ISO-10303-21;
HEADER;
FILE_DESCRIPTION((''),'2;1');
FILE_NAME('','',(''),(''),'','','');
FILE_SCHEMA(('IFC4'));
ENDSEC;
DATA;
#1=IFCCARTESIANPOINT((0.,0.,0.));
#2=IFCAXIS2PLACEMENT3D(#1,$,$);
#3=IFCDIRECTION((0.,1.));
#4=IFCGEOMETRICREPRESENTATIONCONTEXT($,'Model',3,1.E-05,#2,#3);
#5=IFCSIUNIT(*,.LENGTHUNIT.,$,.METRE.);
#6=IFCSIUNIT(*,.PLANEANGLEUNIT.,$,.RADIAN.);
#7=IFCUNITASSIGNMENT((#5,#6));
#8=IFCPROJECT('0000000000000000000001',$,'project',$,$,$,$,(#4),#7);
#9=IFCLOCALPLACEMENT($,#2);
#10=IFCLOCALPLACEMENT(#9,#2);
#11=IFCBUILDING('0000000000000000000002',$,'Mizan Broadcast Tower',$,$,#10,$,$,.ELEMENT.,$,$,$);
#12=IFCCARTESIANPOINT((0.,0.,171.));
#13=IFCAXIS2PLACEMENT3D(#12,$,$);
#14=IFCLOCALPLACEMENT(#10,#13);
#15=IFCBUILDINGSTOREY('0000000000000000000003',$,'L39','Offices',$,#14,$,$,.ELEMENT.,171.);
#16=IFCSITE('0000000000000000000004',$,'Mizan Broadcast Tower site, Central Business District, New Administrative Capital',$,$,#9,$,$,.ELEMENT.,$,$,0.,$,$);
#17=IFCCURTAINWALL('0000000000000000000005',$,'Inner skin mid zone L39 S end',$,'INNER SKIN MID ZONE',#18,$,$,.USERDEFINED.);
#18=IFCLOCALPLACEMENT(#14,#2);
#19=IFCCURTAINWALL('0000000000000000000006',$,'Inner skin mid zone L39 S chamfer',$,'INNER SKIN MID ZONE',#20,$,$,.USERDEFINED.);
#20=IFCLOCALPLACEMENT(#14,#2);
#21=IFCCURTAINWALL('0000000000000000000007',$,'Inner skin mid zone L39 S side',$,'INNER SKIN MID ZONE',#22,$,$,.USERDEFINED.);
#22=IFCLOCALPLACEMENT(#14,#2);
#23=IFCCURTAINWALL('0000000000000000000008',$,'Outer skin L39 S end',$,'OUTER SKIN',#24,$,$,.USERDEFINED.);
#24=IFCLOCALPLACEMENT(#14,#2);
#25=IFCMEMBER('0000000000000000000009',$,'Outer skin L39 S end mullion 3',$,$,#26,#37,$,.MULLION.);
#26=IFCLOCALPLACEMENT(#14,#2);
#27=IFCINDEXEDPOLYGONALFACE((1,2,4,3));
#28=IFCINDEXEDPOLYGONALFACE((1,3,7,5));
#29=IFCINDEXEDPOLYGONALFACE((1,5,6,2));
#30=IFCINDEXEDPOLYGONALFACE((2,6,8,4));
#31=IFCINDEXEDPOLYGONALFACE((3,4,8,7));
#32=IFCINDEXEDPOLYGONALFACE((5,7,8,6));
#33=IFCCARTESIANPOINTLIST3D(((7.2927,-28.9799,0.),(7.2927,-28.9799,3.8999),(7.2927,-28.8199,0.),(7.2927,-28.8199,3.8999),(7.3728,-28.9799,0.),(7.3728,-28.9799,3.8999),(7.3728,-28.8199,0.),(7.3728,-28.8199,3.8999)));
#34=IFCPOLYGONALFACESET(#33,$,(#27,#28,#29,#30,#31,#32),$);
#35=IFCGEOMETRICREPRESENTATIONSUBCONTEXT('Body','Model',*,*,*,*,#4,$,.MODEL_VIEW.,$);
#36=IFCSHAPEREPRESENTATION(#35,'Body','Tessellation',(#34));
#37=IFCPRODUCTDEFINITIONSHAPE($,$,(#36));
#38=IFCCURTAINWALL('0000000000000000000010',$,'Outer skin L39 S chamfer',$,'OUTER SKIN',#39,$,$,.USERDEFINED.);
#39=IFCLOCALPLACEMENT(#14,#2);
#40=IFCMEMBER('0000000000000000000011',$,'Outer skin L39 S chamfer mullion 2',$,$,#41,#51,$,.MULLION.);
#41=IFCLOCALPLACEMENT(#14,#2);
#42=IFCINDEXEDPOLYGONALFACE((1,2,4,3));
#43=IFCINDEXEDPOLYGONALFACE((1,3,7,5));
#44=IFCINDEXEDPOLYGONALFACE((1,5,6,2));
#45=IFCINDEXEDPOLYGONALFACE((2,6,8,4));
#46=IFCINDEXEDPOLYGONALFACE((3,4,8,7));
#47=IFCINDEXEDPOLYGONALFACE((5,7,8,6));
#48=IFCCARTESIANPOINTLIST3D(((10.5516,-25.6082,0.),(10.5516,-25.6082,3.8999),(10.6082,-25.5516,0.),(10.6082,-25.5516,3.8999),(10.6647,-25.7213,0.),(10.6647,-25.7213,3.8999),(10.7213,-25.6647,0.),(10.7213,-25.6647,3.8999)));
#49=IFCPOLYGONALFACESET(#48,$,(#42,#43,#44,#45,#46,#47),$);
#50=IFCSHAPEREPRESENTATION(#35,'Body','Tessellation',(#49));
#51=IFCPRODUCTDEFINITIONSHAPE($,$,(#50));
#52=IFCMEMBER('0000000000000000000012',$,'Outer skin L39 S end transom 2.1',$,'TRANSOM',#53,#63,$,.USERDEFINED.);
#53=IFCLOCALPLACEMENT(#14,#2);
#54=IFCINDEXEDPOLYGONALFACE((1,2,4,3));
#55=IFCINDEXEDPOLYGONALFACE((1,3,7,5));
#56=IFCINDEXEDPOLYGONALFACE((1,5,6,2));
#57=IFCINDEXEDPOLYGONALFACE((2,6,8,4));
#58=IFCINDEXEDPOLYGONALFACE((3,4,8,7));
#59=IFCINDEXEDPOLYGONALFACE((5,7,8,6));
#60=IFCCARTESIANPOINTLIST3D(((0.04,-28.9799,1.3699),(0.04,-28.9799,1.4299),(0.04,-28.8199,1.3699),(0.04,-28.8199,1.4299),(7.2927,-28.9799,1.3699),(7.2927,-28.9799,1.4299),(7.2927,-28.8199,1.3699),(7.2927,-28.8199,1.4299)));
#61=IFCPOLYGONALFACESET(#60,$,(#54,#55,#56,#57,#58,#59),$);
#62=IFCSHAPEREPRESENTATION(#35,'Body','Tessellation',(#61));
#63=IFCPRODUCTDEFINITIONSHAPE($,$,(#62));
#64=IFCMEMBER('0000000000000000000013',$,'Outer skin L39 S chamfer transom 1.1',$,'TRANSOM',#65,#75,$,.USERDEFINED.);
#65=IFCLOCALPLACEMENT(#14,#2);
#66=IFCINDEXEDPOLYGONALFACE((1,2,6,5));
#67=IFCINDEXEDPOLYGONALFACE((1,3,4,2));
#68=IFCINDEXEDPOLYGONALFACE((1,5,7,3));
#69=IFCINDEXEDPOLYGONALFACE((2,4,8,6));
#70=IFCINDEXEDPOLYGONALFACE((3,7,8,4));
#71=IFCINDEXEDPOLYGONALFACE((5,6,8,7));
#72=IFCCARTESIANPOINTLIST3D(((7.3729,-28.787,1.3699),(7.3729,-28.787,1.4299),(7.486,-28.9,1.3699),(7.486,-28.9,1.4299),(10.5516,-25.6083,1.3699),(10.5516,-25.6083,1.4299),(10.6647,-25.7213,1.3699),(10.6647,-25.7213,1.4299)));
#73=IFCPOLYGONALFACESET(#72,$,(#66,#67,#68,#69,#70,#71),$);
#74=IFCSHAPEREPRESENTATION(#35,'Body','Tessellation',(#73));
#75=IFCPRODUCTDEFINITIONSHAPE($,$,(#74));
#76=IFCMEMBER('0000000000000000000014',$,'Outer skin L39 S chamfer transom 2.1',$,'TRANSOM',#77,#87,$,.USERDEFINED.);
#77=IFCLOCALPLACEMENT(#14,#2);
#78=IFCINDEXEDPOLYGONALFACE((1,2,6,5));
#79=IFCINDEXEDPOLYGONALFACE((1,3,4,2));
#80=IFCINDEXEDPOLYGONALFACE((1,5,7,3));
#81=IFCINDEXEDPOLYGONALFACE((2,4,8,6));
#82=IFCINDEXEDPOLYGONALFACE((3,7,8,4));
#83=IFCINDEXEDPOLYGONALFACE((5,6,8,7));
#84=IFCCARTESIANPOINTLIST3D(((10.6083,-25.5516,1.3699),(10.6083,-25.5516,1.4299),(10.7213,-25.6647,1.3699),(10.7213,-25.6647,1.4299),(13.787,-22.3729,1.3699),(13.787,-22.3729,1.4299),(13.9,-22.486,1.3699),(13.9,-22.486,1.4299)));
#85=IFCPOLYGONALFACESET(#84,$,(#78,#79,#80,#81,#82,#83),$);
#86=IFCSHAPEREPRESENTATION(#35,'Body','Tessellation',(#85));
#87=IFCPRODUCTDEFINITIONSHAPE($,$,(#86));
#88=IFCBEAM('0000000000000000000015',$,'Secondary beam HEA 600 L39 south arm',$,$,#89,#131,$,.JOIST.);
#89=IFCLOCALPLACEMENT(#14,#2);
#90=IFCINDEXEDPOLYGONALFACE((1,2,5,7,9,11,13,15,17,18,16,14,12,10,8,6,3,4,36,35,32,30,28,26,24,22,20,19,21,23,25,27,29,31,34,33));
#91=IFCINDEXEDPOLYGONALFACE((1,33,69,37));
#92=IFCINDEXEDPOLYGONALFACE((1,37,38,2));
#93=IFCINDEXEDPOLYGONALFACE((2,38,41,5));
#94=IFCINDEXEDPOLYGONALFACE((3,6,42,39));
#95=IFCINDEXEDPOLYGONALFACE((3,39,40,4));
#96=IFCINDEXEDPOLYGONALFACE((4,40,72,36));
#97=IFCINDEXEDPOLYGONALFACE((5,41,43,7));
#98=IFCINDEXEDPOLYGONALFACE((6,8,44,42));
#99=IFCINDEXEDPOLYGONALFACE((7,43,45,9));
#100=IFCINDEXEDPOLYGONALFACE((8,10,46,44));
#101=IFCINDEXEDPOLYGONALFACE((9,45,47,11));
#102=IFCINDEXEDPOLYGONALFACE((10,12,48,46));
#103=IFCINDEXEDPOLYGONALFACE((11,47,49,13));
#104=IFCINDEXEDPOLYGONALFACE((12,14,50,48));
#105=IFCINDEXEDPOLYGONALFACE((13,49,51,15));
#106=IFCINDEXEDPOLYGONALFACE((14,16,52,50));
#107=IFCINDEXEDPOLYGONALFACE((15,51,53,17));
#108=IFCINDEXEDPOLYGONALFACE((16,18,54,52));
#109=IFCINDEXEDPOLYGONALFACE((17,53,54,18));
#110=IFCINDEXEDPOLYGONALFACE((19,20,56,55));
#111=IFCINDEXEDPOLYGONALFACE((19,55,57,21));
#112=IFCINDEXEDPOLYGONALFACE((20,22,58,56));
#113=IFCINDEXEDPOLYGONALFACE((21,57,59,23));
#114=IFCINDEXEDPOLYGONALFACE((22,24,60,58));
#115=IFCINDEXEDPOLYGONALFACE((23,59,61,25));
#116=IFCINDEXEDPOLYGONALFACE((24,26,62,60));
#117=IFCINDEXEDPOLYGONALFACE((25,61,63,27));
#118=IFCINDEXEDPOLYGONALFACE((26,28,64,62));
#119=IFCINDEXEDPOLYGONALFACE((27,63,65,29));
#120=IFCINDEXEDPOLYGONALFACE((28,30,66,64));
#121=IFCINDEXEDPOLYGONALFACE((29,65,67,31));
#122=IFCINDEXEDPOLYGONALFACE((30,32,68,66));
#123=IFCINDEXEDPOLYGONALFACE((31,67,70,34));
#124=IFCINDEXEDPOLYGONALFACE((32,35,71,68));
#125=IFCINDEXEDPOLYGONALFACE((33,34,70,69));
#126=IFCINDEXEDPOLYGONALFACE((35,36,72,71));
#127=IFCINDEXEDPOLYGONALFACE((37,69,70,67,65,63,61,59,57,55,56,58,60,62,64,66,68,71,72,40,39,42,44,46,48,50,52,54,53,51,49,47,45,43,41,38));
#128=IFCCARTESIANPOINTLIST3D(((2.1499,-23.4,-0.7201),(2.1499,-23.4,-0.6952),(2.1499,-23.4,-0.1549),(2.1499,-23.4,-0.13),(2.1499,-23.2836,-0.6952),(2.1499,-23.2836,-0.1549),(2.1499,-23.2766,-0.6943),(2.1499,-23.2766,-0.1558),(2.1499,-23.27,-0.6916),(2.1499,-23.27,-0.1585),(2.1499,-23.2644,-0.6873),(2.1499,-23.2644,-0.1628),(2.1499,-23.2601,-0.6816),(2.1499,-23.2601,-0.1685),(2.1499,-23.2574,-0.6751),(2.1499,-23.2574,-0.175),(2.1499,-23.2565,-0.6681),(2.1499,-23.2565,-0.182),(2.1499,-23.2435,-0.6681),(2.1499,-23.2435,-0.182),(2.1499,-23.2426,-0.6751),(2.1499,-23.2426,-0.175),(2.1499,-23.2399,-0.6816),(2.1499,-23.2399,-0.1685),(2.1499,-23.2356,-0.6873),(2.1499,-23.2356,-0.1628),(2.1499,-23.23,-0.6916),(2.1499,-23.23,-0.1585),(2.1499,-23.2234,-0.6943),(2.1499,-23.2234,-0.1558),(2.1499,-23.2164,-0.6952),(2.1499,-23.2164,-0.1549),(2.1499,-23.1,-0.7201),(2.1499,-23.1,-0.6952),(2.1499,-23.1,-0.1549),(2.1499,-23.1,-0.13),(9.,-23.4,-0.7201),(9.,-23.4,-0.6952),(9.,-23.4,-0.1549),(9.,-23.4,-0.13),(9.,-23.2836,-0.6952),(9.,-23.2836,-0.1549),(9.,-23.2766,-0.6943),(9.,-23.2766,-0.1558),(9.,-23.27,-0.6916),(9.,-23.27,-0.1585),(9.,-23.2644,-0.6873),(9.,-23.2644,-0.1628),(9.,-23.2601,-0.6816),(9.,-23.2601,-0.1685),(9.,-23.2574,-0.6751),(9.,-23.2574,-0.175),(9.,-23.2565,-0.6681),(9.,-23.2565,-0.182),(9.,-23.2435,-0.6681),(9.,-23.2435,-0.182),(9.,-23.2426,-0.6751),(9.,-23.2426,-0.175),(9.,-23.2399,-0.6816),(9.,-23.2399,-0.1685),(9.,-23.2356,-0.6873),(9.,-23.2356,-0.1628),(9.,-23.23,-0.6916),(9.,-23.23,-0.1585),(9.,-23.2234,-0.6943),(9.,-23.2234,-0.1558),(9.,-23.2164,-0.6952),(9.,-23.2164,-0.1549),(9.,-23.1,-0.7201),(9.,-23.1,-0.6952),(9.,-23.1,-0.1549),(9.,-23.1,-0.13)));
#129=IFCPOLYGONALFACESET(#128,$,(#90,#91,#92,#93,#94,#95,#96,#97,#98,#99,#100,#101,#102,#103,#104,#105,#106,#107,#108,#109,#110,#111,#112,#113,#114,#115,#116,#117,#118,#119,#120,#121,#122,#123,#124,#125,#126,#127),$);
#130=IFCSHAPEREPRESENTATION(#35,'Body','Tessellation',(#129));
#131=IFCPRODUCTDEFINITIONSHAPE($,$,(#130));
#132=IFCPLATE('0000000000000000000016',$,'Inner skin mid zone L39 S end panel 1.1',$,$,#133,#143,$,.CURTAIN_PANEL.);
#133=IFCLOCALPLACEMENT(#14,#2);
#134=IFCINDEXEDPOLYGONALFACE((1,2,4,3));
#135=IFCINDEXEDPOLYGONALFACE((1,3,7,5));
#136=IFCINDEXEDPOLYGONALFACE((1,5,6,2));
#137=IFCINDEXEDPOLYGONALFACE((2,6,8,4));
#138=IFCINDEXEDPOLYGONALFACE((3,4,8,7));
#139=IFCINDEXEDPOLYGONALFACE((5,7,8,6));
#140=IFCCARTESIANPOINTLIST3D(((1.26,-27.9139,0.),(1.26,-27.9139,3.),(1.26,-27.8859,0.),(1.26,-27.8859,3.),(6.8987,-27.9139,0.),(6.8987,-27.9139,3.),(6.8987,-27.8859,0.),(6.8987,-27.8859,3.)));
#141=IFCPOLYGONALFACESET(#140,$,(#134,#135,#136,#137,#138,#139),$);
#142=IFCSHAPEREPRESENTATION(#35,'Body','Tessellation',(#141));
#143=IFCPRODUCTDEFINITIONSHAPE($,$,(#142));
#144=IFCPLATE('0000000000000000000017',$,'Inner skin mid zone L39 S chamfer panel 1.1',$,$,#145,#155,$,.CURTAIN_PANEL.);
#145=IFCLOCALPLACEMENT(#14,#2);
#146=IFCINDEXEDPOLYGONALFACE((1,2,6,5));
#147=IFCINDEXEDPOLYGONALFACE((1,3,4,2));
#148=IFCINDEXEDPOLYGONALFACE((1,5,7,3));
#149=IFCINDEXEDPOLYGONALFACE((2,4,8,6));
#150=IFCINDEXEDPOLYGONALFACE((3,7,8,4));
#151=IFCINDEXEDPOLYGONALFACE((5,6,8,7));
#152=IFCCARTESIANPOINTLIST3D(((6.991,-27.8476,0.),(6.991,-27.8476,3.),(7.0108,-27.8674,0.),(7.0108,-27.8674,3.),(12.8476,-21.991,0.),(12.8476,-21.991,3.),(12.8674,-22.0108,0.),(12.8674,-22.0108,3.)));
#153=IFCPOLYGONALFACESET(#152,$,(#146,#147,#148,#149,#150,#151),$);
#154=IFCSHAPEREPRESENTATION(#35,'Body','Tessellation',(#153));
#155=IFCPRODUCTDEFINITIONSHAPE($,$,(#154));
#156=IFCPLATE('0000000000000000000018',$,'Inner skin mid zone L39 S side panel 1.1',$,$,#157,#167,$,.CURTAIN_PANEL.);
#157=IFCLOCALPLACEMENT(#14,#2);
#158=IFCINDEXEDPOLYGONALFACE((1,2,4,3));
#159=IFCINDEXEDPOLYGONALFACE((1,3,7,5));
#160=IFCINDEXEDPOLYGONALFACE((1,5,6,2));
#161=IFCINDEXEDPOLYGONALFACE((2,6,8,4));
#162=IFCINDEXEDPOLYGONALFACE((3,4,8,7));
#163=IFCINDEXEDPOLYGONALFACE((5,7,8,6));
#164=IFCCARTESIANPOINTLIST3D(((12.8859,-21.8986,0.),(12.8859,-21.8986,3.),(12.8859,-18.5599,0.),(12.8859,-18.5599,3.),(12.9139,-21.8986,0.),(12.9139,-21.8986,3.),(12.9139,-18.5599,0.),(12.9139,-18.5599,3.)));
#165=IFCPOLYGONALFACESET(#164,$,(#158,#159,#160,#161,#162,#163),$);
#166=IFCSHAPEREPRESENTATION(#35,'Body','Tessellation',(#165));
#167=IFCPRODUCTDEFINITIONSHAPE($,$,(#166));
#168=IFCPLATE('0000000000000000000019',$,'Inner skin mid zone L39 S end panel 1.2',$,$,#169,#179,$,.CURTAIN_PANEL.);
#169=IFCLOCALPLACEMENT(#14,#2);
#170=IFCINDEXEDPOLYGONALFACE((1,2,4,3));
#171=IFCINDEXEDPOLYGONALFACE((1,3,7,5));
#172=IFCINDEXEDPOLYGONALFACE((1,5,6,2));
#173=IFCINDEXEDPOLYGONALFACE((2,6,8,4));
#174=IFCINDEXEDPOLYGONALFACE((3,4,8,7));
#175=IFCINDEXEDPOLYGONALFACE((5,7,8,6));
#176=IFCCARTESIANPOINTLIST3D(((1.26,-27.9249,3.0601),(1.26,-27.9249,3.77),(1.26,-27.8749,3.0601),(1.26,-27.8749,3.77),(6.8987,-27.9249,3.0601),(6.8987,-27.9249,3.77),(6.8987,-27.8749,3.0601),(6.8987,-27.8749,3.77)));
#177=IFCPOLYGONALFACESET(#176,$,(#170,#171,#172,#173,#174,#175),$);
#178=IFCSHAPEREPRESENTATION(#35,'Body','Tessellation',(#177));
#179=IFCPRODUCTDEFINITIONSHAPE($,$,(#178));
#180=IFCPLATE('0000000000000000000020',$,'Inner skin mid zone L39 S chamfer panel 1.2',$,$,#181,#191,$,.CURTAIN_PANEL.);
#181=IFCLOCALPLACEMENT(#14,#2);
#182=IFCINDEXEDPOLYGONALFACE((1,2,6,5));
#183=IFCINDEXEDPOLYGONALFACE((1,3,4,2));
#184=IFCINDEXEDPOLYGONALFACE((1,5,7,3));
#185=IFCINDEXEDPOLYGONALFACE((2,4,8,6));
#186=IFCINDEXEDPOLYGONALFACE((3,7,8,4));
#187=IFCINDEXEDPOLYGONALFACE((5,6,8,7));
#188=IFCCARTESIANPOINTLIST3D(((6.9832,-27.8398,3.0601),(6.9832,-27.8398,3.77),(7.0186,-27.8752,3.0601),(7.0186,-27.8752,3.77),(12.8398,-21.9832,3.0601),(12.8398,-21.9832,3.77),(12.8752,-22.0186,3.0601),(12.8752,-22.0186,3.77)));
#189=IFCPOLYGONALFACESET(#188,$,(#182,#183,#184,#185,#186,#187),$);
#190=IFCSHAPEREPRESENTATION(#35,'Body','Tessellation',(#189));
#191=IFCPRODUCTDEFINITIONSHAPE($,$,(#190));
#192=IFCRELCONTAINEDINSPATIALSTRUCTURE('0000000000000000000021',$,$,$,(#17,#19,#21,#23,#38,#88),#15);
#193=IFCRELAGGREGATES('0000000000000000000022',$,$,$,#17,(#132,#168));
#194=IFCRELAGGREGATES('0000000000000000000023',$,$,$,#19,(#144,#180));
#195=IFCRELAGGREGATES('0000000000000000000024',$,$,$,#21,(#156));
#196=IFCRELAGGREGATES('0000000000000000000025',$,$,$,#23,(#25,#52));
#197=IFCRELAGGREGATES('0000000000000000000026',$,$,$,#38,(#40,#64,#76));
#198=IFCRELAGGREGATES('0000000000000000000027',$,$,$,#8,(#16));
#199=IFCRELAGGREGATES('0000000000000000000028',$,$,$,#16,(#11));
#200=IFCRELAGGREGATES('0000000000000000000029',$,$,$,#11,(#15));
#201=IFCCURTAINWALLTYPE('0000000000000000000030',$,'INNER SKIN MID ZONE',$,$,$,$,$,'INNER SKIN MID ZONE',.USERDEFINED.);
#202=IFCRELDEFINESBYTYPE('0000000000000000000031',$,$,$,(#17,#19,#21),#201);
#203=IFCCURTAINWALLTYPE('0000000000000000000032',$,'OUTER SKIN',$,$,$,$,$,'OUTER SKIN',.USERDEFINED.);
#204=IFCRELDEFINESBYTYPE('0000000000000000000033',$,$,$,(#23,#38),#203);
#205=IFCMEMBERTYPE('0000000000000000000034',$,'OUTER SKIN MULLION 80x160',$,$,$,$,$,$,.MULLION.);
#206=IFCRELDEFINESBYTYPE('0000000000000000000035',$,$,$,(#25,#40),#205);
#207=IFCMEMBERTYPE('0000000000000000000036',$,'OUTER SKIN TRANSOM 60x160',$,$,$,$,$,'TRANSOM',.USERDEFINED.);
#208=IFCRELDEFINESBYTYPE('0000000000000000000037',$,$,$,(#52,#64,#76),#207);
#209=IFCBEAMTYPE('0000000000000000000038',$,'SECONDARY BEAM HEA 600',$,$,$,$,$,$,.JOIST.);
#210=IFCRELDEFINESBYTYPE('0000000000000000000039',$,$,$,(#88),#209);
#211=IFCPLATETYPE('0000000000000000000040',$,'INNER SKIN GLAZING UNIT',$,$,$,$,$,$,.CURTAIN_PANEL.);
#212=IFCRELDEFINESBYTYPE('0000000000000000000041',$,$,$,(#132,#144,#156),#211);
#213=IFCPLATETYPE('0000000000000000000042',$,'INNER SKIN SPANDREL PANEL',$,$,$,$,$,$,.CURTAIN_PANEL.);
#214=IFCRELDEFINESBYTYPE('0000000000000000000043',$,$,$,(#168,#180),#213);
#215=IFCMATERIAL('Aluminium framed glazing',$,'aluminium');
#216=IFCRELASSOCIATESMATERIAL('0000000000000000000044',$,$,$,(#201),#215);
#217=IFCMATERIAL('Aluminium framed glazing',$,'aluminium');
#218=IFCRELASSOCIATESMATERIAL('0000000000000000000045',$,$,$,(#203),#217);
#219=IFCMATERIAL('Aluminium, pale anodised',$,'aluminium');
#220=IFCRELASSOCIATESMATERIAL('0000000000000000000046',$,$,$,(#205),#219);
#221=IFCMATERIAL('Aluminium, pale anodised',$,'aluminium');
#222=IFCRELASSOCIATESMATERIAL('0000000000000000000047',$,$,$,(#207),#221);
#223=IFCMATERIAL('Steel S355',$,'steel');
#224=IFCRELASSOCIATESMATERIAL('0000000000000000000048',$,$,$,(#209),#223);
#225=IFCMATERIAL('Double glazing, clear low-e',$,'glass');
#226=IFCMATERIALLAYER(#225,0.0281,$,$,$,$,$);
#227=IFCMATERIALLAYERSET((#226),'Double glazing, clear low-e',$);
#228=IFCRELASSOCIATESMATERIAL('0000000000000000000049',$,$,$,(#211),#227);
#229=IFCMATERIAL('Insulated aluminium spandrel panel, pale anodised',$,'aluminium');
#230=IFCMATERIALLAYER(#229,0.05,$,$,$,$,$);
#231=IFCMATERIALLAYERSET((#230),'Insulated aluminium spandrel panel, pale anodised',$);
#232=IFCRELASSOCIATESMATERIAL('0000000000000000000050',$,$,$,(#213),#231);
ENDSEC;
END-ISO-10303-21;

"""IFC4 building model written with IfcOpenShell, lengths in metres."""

from ifc_helpers import new_model, si_unit, direction, frame, origin, origin_2d, place, context, subcontext, project, spatial, rectangle, i_section, extrude, material, layer, layer_set, material_profile, profile_set, type_object, element, aggregate, save


model = new_model("IFC4")

# Units and contexts
model_context = context("Model", 3, precision=1e-05, world=origin(), true_north=direction((0.0, 1.0)))
body_context = subcontext(model_context, "Body", "Model", "MODEL_VIEW")
ifc_project = project(units=[si_unit("LENGTHUNIT", "METRE"), si_unit("PLANEANGLEUNIT", "RADIAN")], contexts=[model_context])

# Site, building, storey
site_placement = place(None, origin())
site = spatial("IfcSite", under=ifc_project, at=site_placement, Name="Mizan Broadcast Tower site, Central Business District, New Administrative Capital", CompositionType="ELEMENT", RefElevation=0.0)
building_placement = place(site_placement, origin())
building = spatial("IfcBuilding", under=site, at=building_placement, Name="Mizan Broadcast Tower", CompositionType="ELEMENT")
storey_placement = place(building_placement, frame((0.0, 0.0, 171.0)))
storey = spatial("IfcBuildingStorey", under=building, at=storey_placement, Name="L39", Description="Offices", CompositionType="ELEMENT", Elevation=171.0)

# Curtain wall
ifc_material_1 = material(Name="Aluminium framed glazing", Category="aluminium")
curtain_wall_type_1 = type_object("IfcCurtainWallType", Name="INNER SKIN MID ZONE", ElementType="INNER SKIN MID ZONE", PredefinedType="USERDEFINED", material=ifc_material_1)
curtain_wall_1_placement = place(storey_placement, origin())
curtain_wall_1 = element("IfcCurtainWall", 1, at=curtain_wall_1_placement, inside=storey, type_object=curtain_wall_type_1, Name="Inner skin mid zone L39 S end", ObjectType="INNER SKIN MID ZONE", PredefinedType="USERDEFINED")

# Curtain wall
curtain_wall_2_placement = place(storey_placement, origin())
curtain_wall_2 = element("IfcCurtainWall", 2, at=curtain_wall_2_placement, inside=storey, type_object=curtain_wall_type_1, Name="Inner skin mid zone L39 S chamfer", ObjectType="INNER SKIN MID ZONE", PredefinedType="USERDEFINED")

# Curtain wall
curtain_wall_3_placement = place(storey_placement, origin())
curtain_wall_3 = element("IfcCurtainWall", 3, at=curtain_wall_3_placement, inside=storey, type_object=curtain_wall_type_1, Name="Inner skin mid zone L39 S side", ObjectType="INNER SKIN MID ZONE", PredefinedType="USERDEFINED")

# Curtain wall, member
ifc_material_2 = material(Name="Aluminium framed glazing", Category="aluminium")
curtain_wall_type_2 = type_object("IfcCurtainWallType", Name="OUTER SKIN", ElementType="OUTER SKIN", PredefinedType="USERDEFINED", material=ifc_material_2)
curtain_wall_4_placement = place(storey_placement, origin())
curtain_wall_4 = element("IfcCurtainWall", 4, at=curtain_wall_4_placement, inside=storey, type_object=curtain_wall_type_2, Name="Outer skin L39 S end", ObjectType="OUTER SKIN", PredefinedType="USERDEFINED")
ifc_material_3 = material(Name="Aluminium, pale anodised", Category="aluminium")
ifc_material_profile_1 = material_profile(ifc_material_3, rectangle(XDim=0.1599, YDim=0.0801, at=origin_2d()), Name="MULLION 160x80")
ifc_profile_set_1 = profile_set([ifc_material_profile_1], Name="Aluminium, pale anodised")
member_type_1 = type_object("IfcMemberType", Name="OUTER SKIN MULLION 80x160", PredefinedType="MULLION", material=ifc_profile_set_1)
member_1_placement = place(storey_placement, frame((7.3328, -28.8999, 0.0), z_axis=(0.0, 0.0, 1.0), x_axis=(0.0, 1.0, 0.0)))
member_1 = element("IfcMember", 5, at=member_1_placement, type_object=member_type_1, Name="Outer skin L39 S end mullion 3", PredefinedType="MULLION", context=body_context, shape_type="SweptSolid", body=[
    extrude(rectangle(XDim=0.1599, YDim=0.0801, at=origin_2d()), origin(), (0.0, 0.0, 1.0), 3.8999),
])

# Curtain wall, member
curtain_wall_5_placement = place(storey_placement, origin())
curtain_wall_5 = element("IfcCurtainWall", 6, at=curtain_wall_5_placement, inside=storey, type_object=curtain_wall_type_2, Name="Outer skin L39 S chamfer", ObjectType="OUTER SKIN", PredefinedType="USERDEFINED")
member_2_placement = place(storey_placement, frame((10.6365, -25.6365, 0.0), z_axis=(0.0, 0.0, 1.0), x_axis=(-0.707107, 0.707107, 0.0)))
member_2 = element("IfcMember", 7, at=member_2_placement, type_object=member_type_1, Name="Outer skin L39 S chamfer mullion 2", PredefinedType="MULLION", context=body_context, shape_type="SweptSolid", body=[
    extrude(rectangle(XDim=0.1599, YDim=0.0801, at=origin_2d()), origin(), (0.0, 0.0, 1.0), 3.8999),
])

# Members
ifc_material_4 = material(Name="Aluminium, pale anodised", Category="aluminium")
ifc_material_profile_2 = material_profile(ifc_material_4, rectangle(XDim=0.1599, YDim=0.0601, at=origin_2d()), Name="TRANSOM 160x60")
ifc_profile_set_2 = profile_set([ifc_material_profile_2], Name="Aluminium, pale anodised")
member_type_2 = type_object("IfcMemberType", Name="OUTER SKIN TRANSOM 60x160", ElementType="TRANSOM", PredefinedType="USERDEFINED", material=ifc_profile_set_2)
member_3_placement = place(storey_placement, frame((0.04, -28.8999, 1.3999), z_axis=(1.0, 0.0, 0.0), x_axis=(0.0, 1.0, 0.0)))
member_3 = element("IfcMember", 8, at=member_3_placement, type_object=member_type_2, Name="Outer skin L39 S end transom 2.1", ObjectType="TRANSOM", PredefinedType="USERDEFINED", context=body_context, shape_type="SweptSolid", body=[
    extrude(rectangle(XDim=0.1599, YDim=0.0601, at=origin_2d()), origin(), (0.0, 0.0, 1.0), 7.2527),
])
member_4_placement = place(storey_placement, frame((7.4294, -28.8435, 1.3999), z_axis=(0.707107, 0.707107, 0.0), x_axis=(-0.707107, 0.707107, 0.0)))
member_4 = element("IfcMember", 9, at=member_4_placement, type_object=member_type_2, Name="Outer skin L39 S chamfer transom 1.1", ObjectType="TRANSOM", PredefinedType="USERDEFINED", context=body_context, shape_type="SweptSolid", body=[
    extrude(rectangle(XDim=0.1599, YDim=0.0601, at=origin_2d()), origin(), (0.0, 0.0, 1.0), 4.4954),
])
member_5_placement = place(storey_placement, frame((10.6648, -25.6082, 1.3999), z_axis=(0.707107, 0.707107, 0.0), x_axis=(-0.707107, 0.707107, 0.0)))
member_5 = element("IfcMember", 10, at=member_5_placement, type_object=member_type_2, Name="Outer skin L39 S chamfer transom 2.1", ObjectType="TRANSOM", PredefinedType="USERDEFINED", context=body_context, shape_type="SweptSolid", body=[
    extrude(rectangle(XDim=0.1599, YDim=0.0601, at=origin_2d()), origin(), (0.0, 0.0, 1.0), 4.4954),
])

# Beam
ifc_material_5 = material(Name="Steel S355", Category="steel")
ifc_material_profile_3 = material_profile(ifc_material_5, i_section(OverallWidth=0.3, OverallDepth=0.5901, WebThickness=0.0129, FlangeThickness=0.0249, FilletRadius=0.0271, at=origin_2d()), Name="HEA 600")
ifc_profile_set_3 = profile_set([ifc_material_profile_3], Name="Steel S355")
beam_type_1 = type_object("IfcBeamType", Name="SECONDARY BEAM HEA 600", PredefinedType="JOIST", material=ifc_profile_set_3)
beam_1_placement = place(storey_placement, frame((9.0, -23.25, -0.425), z_axis=(-1.0, 0.0, 0.0), x_axis=(0.0, -1.0, 0.0)))
element("IfcBeam", 11, at=beam_1_placement, inside=storey, type_object=beam_type_1, Name="Secondary beam HEA 600 L39 south arm", PredefinedType="JOIST", context=body_context, shape_type="SweptSolid", body=[
    extrude(i_section(OverallWidth=0.3, OverallDepth=0.5901, WebThickness=0.0129, FlangeThickness=0.0249, FilletRadius=0.0271, at=origin_2d()), origin(), (0.0, 0.0, 1.0), 6.8501),
])

# Plates
ifc_material_6 = material(Name="Double glazing, clear low-e", Category="glass")
ifc_layer_1 = layer(ifc_material_6, 0.0281)
ifc_layer_set_1 = layer_set([ifc_layer_1], Name="Double glazing, clear low-e")
plate_type_1 = type_object("IfcPlateType", Name="INNER SKIN GLAZING UNIT", PredefinedType="CURTAIN_PANEL", material=ifc_layer_set_1)
plate_1_placement = place(storey_placement, frame((4.0793, -27.8999, 0.0), z_axis=(0.0, 0.0, 1.0), x_axis=(1.0, 0.0, 0.0)))
plate_1 = element("IfcPlate", 12, at=plate_1_placement, type_object=plate_type_1, Name="Inner skin mid zone L39 S end panel 1.1", PredefinedType="CURTAIN_PANEL", context=body_context, shape_type="SweptSolid", body=[
    extrude(rectangle(XDim=5.6387, YDim=0.0281, at=origin_2d()), origin(), (0.0, 0.0, 1.0), 3.0),
])
plate_2_placement = place(storey_placement, frame((9.9292, -24.9292, 0.0), z_axis=(0.0, 0.0, 1.0), x_axis=(0.707107, 0.707107, 0.0)))
plate_2 = element("IfcPlate", 13, at=plate_2_placement, type_object=plate_type_1, Name="Inner skin mid zone L39 S chamfer panel 1.1", PredefinedType="CURTAIN_PANEL", context=body_context, shape_type="SweptSolid", body=[
    extrude(rectangle(XDim=8.2825, YDim=0.0281, at=origin_2d()), origin(), (0.0, 0.0, 1.0), 3.0),
])
plate_3_placement = place(storey_placement, frame((12.8999, -20.2292, 0.0), z_axis=(0.0, 0.0, 1.0), x_axis=(0.0, 1.0, 0.0)))
plate_3 = element("IfcPlate", 14, at=plate_3_placement, type_object=plate_type_1, Name="Inner skin mid zone L39 S side panel 1.1", PredefinedType="CURTAIN_PANEL", context=body_context, shape_type="SweptSolid", body=[
    extrude(rectangle(XDim=3.3386, YDim=0.0281, at=origin_2d()), origin(), (0.0, 0.0, 1.0), 3.0),
])
ifc_material_7 = material(Name="Insulated aluminium spandrel panel, pale anodised", Category="aluminium")
ifc_layer_2 = layer(ifc_material_7, 0.05)
ifc_layer_set_2 = layer_set([ifc_layer_2], Name="Insulated aluminium spandrel panel, pale anodised")
plate_type_2 = type_object("IfcPlateType", Name="INNER SKIN SPANDREL PANEL", PredefinedType="CURTAIN_PANEL", material=ifc_layer_set_2)
plate_4_placement = place(storey_placement, frame((4.0793, -27.8999, 3.0601), z_axis=(0.0, 0.0, 1.0), x_axis=(1.0, 0.0, 0.0)))
plate_4 = element("IfcPlate", 15, at=plate_4_placement, type_object=plate_type_2, Name="Inner skin mid zone L39 S end panel 1.2", PredefinedType="CURTAIN_PANEL", context=body_context, shape_type="SweptSolid", body=[
    extrude(rectangle(XDim=5.6387, YDim=0.05, at=origin_2d()), origin(), (0.0, 0.0, 1.0), 0.71),
])
aggregate(curtain_wall_1, [plate_1, plate_4])
plate_5_placement = place(storey_placement, frame((9.9292, -24.9292, 3.0601), z_axis=(0.0, 0.0, 1.0), x_axis=(0.707107, 0.707107, 0.0)))
plate_5 = element("IfcPlate", 16, at=plate_5_placement, type_object=plate_type_2, Name="Inner skin mid zone L39 S chamfer panel 1.2", PredefinedType="CURTAIN_PANEL", context=body_context, shape_type="SweptSolid", body=[
    extrude(rectangle(XDim=8.2825, YDim=0.05, at=origin_2d()), origin(), (0.0, 0.0, 1.0), 0.71),
])
aggregate(curtain_wall_2, [plate_2, plate_5])
aggregate(curtain_wall_3, [plate_3])
aggregate(curtain_wall_4, [member_1, member_3])
aggregate(curtain_wall_5, [member_2, member_4, member_5])

save(model, "model.ifc")
